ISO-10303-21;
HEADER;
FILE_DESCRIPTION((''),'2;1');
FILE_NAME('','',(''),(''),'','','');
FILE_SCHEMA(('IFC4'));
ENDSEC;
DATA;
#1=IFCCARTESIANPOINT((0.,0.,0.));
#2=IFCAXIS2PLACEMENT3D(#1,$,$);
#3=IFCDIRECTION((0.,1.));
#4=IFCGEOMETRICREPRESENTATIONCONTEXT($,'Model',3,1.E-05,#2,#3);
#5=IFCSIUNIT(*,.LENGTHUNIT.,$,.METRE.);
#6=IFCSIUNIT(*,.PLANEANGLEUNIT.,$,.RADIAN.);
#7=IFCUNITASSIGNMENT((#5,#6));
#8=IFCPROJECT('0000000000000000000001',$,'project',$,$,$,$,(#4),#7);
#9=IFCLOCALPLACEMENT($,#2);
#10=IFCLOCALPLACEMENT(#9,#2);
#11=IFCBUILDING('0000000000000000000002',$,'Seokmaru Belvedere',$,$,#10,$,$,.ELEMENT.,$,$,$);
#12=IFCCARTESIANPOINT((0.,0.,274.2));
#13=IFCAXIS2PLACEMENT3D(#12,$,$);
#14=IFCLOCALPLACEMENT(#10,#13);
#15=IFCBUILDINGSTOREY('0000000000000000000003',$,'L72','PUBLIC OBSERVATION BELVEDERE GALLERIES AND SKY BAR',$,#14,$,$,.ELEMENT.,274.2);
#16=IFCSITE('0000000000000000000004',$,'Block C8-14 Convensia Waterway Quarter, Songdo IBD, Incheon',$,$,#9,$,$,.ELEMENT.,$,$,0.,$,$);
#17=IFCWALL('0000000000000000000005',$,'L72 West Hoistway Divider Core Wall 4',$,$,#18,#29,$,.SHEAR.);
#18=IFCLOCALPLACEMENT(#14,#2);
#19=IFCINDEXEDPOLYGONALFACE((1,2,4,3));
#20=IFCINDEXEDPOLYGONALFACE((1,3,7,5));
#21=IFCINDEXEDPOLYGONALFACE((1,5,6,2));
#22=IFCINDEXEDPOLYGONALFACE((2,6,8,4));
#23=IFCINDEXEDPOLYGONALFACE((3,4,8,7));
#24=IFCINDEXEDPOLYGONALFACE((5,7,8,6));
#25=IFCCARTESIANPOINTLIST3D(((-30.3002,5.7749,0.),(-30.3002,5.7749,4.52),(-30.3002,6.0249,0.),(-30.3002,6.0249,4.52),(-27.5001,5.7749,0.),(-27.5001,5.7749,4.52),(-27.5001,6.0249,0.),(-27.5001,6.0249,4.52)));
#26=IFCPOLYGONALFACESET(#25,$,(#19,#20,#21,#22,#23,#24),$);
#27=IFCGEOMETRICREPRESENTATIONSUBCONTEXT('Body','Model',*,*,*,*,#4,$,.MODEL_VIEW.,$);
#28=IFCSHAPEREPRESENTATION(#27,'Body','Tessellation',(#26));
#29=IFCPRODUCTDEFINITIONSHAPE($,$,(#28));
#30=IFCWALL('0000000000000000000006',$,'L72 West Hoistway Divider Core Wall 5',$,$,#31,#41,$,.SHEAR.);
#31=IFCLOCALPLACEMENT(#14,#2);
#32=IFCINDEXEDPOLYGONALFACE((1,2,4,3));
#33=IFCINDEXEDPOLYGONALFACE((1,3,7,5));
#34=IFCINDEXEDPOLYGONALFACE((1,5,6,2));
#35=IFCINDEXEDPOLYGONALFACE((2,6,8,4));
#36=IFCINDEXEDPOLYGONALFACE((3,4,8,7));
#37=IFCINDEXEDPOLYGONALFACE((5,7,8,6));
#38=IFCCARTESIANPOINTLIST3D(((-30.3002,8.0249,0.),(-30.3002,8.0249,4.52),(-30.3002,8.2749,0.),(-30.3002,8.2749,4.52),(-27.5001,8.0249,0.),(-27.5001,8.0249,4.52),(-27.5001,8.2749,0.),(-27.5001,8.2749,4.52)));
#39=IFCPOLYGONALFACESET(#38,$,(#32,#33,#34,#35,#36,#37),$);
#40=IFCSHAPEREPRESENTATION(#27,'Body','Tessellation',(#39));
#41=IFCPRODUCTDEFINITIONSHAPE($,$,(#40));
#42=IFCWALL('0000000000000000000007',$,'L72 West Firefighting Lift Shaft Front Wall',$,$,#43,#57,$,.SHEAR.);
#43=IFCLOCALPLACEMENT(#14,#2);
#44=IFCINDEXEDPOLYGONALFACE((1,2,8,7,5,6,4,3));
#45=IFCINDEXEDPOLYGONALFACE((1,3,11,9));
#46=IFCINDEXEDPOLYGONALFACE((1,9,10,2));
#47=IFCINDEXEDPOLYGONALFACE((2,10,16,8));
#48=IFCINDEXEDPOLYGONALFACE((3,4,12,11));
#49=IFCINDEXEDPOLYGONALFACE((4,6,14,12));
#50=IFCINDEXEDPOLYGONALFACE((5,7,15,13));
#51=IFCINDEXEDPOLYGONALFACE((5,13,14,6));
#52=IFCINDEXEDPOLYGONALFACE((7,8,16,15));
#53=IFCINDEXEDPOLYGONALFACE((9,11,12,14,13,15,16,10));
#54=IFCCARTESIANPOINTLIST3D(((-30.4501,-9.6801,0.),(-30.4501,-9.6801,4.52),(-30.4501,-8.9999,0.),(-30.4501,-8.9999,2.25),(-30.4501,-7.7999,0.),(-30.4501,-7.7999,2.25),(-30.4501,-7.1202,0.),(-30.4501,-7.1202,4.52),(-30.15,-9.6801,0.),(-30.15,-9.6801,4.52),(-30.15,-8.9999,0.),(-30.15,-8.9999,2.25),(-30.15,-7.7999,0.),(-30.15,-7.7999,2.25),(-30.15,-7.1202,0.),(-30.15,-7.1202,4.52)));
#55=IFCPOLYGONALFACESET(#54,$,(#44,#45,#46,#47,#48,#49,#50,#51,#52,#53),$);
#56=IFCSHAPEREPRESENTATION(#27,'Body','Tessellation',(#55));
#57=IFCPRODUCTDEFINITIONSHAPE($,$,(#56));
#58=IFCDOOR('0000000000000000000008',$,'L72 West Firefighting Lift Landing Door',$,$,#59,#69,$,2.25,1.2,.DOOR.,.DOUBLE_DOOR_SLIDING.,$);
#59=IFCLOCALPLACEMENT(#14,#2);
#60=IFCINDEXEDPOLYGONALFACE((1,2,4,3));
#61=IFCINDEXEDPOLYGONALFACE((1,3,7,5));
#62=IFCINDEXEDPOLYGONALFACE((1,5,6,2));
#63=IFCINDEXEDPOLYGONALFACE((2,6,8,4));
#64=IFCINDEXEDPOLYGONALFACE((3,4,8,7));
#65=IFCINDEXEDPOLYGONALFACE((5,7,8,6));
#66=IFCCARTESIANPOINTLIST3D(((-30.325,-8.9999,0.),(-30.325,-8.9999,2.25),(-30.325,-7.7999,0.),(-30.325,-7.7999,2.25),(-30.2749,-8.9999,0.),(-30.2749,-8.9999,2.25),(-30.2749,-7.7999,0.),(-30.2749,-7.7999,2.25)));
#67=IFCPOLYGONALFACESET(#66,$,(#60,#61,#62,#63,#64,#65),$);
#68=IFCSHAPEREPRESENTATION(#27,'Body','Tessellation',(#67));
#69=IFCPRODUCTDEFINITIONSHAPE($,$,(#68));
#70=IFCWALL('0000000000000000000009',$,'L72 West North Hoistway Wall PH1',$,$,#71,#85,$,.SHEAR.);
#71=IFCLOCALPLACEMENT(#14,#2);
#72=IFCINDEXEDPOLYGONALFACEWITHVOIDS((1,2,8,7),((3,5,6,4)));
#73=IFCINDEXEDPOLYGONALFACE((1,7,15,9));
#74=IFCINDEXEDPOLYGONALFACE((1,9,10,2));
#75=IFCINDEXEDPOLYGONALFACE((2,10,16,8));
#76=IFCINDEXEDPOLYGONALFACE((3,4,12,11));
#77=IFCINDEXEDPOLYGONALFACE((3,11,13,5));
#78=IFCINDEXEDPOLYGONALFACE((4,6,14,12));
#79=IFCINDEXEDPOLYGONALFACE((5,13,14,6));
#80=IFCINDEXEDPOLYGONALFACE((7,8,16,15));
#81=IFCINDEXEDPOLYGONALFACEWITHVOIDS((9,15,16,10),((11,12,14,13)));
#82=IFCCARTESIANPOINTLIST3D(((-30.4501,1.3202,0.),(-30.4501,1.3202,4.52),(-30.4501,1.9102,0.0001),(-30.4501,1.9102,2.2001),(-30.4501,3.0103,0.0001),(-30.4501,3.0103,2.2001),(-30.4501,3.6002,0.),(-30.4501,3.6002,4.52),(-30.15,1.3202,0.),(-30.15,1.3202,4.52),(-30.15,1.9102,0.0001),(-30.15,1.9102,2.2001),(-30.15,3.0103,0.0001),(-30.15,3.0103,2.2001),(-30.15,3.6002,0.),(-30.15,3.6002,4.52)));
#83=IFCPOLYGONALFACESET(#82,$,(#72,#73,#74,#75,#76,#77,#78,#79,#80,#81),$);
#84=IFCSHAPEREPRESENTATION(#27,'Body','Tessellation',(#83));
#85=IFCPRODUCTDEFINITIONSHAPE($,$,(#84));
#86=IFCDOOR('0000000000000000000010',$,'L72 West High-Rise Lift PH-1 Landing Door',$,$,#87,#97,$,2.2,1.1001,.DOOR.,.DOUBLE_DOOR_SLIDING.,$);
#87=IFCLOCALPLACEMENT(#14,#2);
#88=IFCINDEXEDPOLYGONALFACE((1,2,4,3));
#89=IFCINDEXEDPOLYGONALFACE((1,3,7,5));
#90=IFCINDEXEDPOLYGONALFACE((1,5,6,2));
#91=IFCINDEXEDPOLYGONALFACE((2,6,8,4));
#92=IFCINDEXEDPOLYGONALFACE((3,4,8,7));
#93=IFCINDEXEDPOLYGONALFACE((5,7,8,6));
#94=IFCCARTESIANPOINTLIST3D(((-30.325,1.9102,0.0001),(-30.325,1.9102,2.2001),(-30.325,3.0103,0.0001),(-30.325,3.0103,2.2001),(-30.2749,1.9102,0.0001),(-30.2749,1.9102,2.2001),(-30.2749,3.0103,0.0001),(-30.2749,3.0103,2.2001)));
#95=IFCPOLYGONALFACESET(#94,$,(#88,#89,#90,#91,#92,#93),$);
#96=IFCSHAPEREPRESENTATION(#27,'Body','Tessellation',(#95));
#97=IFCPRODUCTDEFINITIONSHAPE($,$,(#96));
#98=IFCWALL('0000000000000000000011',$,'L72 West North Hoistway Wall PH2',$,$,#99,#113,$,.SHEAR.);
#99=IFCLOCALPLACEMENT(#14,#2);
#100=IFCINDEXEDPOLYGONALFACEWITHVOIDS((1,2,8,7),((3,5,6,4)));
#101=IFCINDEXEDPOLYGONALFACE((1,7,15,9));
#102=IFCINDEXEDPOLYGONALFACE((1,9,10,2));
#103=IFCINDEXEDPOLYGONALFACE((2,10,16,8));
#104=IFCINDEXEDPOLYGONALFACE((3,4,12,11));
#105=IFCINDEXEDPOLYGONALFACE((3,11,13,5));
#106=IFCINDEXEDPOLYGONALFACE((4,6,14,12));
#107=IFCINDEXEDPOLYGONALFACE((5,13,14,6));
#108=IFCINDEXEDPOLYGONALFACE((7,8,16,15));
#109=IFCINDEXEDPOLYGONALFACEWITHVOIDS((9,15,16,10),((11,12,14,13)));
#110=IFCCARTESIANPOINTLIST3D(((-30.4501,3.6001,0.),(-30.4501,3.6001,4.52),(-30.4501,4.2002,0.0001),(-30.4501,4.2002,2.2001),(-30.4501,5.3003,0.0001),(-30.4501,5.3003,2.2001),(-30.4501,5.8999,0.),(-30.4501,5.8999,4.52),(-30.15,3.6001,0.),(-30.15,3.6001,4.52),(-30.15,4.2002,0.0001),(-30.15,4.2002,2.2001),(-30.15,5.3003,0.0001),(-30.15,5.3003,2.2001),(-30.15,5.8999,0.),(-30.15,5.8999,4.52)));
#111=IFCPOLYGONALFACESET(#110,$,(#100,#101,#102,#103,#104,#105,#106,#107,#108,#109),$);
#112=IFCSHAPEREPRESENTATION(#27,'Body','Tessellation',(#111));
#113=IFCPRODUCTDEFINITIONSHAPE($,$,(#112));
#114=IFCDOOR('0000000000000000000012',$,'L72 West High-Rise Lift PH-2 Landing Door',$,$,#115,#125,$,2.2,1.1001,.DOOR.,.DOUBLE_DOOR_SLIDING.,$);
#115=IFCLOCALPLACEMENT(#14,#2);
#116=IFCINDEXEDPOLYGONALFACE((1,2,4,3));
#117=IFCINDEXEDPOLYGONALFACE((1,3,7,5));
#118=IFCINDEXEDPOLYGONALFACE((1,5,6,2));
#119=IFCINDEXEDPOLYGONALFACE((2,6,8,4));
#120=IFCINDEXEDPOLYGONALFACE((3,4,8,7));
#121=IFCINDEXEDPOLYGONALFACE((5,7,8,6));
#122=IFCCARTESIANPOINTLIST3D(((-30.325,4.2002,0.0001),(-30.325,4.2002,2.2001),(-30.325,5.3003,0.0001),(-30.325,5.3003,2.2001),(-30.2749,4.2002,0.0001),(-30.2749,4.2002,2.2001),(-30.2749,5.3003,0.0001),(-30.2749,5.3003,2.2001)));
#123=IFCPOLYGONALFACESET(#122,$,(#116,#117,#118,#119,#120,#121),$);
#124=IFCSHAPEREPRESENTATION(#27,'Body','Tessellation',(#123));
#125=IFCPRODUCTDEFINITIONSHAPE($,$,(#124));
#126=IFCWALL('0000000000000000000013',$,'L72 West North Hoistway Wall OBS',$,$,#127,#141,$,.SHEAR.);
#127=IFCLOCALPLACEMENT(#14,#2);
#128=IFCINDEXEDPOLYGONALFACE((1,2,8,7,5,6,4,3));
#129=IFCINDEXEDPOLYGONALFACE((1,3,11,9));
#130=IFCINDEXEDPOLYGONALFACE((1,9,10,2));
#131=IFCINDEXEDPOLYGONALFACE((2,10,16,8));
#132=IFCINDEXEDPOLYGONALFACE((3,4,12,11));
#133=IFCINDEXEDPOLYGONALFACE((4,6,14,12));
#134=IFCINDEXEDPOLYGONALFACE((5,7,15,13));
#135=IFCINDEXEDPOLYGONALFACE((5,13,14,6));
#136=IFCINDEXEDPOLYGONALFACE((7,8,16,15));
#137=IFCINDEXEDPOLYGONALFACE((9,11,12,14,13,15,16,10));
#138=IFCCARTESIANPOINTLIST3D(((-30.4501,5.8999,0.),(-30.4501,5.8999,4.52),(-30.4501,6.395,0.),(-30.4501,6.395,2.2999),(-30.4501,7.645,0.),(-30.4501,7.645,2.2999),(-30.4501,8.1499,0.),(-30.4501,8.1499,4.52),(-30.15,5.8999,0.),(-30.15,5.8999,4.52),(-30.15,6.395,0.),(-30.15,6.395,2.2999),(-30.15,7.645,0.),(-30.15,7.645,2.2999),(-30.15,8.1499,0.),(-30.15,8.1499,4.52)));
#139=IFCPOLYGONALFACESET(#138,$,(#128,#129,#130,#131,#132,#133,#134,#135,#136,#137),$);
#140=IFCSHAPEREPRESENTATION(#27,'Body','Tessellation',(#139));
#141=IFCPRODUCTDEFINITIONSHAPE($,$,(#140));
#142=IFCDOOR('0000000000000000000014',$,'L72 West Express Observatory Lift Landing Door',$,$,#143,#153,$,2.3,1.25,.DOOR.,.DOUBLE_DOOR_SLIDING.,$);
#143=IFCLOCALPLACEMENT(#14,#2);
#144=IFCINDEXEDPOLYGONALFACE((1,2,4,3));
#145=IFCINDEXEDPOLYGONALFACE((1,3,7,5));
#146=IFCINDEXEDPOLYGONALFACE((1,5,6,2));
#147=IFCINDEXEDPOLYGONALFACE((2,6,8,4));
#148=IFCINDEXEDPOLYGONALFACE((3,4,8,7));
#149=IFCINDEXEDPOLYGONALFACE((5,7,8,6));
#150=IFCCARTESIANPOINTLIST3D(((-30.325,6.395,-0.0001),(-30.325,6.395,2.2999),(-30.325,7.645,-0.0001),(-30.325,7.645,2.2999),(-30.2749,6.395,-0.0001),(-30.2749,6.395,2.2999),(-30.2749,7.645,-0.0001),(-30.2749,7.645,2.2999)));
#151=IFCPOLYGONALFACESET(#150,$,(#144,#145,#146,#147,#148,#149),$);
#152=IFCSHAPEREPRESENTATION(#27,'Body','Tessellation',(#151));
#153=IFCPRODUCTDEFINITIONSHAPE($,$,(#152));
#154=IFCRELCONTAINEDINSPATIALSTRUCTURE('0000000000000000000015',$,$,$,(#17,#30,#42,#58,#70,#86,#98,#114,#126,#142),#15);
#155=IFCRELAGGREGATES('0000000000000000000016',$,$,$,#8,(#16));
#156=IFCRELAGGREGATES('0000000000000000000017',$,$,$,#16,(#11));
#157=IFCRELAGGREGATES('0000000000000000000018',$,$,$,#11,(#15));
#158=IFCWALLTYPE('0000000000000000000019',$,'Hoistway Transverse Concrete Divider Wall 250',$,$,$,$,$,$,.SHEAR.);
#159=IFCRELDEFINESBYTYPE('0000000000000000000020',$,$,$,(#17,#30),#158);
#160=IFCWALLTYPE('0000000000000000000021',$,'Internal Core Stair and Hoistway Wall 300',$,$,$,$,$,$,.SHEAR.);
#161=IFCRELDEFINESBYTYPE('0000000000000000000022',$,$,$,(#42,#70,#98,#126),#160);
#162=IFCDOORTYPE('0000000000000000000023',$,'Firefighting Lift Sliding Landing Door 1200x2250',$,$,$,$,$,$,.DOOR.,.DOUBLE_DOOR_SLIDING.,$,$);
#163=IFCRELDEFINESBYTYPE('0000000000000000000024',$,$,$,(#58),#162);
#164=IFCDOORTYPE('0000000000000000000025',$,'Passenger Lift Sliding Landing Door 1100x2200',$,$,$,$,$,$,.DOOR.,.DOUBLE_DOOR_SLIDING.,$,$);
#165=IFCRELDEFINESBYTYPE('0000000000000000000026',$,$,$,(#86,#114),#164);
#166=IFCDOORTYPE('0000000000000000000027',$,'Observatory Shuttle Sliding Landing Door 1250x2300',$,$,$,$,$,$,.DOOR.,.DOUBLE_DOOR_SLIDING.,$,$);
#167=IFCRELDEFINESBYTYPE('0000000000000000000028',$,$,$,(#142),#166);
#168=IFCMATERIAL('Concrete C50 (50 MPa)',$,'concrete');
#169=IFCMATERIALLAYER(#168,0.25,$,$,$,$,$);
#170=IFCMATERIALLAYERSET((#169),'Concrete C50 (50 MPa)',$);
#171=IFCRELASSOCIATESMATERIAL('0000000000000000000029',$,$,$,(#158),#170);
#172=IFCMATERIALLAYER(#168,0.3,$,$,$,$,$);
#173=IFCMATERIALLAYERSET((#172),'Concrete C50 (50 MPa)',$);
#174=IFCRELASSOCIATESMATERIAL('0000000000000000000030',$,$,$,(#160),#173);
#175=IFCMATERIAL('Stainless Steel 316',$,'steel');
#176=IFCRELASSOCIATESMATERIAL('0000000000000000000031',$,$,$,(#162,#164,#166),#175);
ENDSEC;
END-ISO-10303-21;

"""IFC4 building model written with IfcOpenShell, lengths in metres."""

from ifc_helpers import new_model, si_unit, direction, frame, frame_2d, origin, place, context, subcontext, project, spatial, rectangle, extrude, source, transform, mapped, material, layer, layer_set, type_object, type_shapes, element, fill, save


model = new_model("IFC4")

# Units and contexts
model_context = context("Model", 3, precision=1e-05, world=origin(), true_north=direction((0.0, 1.0)))
body_context = subcontext(model_context, "Body", "Model", "MODEL_VIEW")
ifc_project = project(units=[si_unit("LENGTHUNIT", "METRE"), si_unit("PLANEANGLEUNIT", "RADIAN")], contexts=[model_context])

# Site, building, storey
site_placement = place(None, origin())
site = spatial("IfcSite", under=ifc_project, at=site_placement, Name="Block C8-14 Convensia Waterway Quarter, Songdo IBD, Incheon", CompositionType="ELEMENT", RefElevation=0.0)
building_placement = place(site_placement, origin())
building = spatial("IfcBuilding", under=site, at=building_placement, Name="Seokmaru Belvedere", CompositionType="ELEMENT")
storey_placement = place(building_placement, frame((0.0, 0.0, 274.2)))
storey = spatial("IfcBuildingStorey", under=building, at=storey_placement, Name="L72", Description="PUBLIC OBSERVATION BELVEDERE GALLERIES AND SKY BAR", CompositionType="ELEMENT", Elevation=274.2)

# Walls
ifc_material_1 = material(Name="Concrete C50 (50 MPa)", Category="concrete")
ifc_layer_1 = layer(ifc_material_1, 0.25)
ifc_layer_set_1 = layer_set([ifc_layer_1], Name="Concrete C50 (50 MPa)")
wall_type_1 = type_object("IfcWallType", Name="Hoistway Transverse Concrete Divider Wall 250", PredefinedType="SHEAR", material=ifc_layer_set_1)
for number, where, z_axis, x_axis, name in (
    (1, (-30.3, 5.8999, 0.0), (0.0, 0.0, 1.0), (1.0, 0.0, 0.0), "L72 West Hoistway Divider Core Wall 4"),
    (2, (-30.3, 8.1499, 0.0), (0.0, 0.0, 1.0), (1.0, 0.0, 0.0), "L72 West Hoistway Divider Core Wall 5"),
):
    element("IfcWall", number, at=place(storey_placement, frame(where, z_axis=z_axis, x_axis=x_axis)), inside=storey, type_object=wall_type_1, Name=name, PredefinedType="SHEAR", context=body_context, shape_type="SweptSolid", body=[
        extrude(rectangle(XDim=2.8, YDim=0.25, at=frame_2d((1.3999, 0.0))), origin(), (0.0, 0.0, 1.0), 4.52),
    ])

# Walls, openings, doors
ifc_layer_2 = layer(ifc_material_1, 0.3)
ifc_layer_set_2 = layer_set([ifc_layer_2], Name="Concrete C50 (50 MPa)")
wall_type_2 = type_object("IfcWallType", Name="Internal Core Stair and Hoistway Wall 300", PredefinedType="SHEAR", material=ifc_layer_set_2)
wall_1_placement = place(storey_placement, frame((-30.3, -9.6799, 0.0), z_axis=(0.0, 0.0, 1.0), x_axis=(0.0, 1.0, 0.0)))
wall_1 = element("IfcWall", 3, at=wall_1_placement, inside=storey, type_object=wall_type_2, Name="L72 West Firefighting Lift Shaft Front Wall", PredefinedType="SHEAR", context=body_context, shape_type="SweptSolid", body=[
    extrude(rectangle(XDim=2.5598, YDim=0.3, at=frame_2d((1.2798, 0.0))), origin(), (0.0, 0.0, 1.0), 4.52),
])
opening_1_placement = place(wall_1_placement, frame((0.6799, 0.0, 0.0)))
opening_1 = element("IfcOpeningElement", 4, at=opening_1_placement, cuts=wall_1, PredefinedType="OPENING", context=body_context, shape_type="SweptSolid", body=[
    extrude(rectangle(XDim=1.2, YDim=2.25, at=frame_2d((0.6001, 1.125))), frame((0.0, 0.1602, 0.0), z_axis=(0.0, -1.0, 0.0), x_axis=(1.0, 0.0, 0.0)), (0.0, 0.0, 1.0), 0.3201),
])
ifc_material_2 = material(Name="Stainless Steel 316", Category="steel")
door_type_1 = type_object("IfcDoorType", Name="Firefighting Lift Sliding Landing Door 1200x2250", OperationType="DOUBLE_DOOR_SLIDING", PredefinedType="DOOR", material=ifc_material_2)
shared_shape_1 = source(origin(), body_context, "Body", "SweptSolid", [
    extrude(rectangle(XDim=1.2, YDim=2.25, at=frame_2d((0.6001, 1.125))), frame((0.0, 0.0249, 0.0), z_axis=(0.0, -1.0, 0.0), x_axis=(1.0, 0.0, 0.0)), (0.0, 0.0, 1.0), 0.05),
])
type_shapes(door_type_1, [shared_shape_1])
door_1_placement = place(opening_1_placement, origin())
door_1 = element("IfcDoor", 5, at=door_1_placement, inside=storey, type_object=door_type_1, Name="L72 West Firefighting Lift Landing Door", OperationType="DOUBLE_DOOR_SLIDING", OverallHeight=2.25, OverallWidth=1.2, PredefinedType="DOOR", context=body_context, shape_type="MappedRepresentation", body=[
    mapped(shared_shape_1, transform((0.0, 0.0, 0.0), scale=1.0)),
])
fill(opening_1, door_1)
wall_2_placement = place(storey_placement, frame((-30.3, 1.3201, 0.0), z_axis=(0.0, 0.0, 1.0), x_axis=(0.0, 1.0, 0.0)))
wall_2 = element("IfcWall", 6, at=wall_2_placement, inside=storey, type_object=wall_type_2, Name="L72 West North Hoistway Wall PH1", PredefinedType="SHEAR", context=body_context, shape_type="SweptSolid", body=[
    extrude(rectangle(XDim=2.28, YDim=0.3, at=frame_2d((1.1401, 0.0))), origin(), (0.0, 0.0, 1.0), 4.52),
])
opening_2_placement = place(wall_2_placement, frame((0.5901, 0.0, 0.0)))
opening_2 = element("IfcOpeningElement", 7, at=opening_2_placement, cuts=wall_2, PredefinedType="OPENING", context=body_context, shape_type="SweptSolid", body=[
    extrude(rectangle(XDim=1.1001, YDim=2.2, at=frame_2d((0.55, 1.1001))), frame((0.0, 0.1602, 0.0), z_axis=(0.0, -1.0, 0.0), x_axis=(1.0, 0.0, 0.0)), (0.0, 0.0, 1.0), 0.3201),
])
door_type_2 = type_object("IfcDoorType", Name="Passenger Lift Sliding Landing Door 1100x2200", OperationType="DOUBLE_DOOR_SLIDING", PredefinedType="DOOR", material=ifc_material_2)
shared_shape_2 = source(origin(), body_context, "Body", "SweptSolid", [
    extrude(rectangle(XDim=1.1001, YDim=2.2, at=frame_2d((0.55, 1.1001))), frame((0.0, 0.0249, 0.0), z_axis=(0.0, -1.0, 0.0), x_axis=(1.0, 0.0, 0.0)), (0.0, 0.0, 1.0), 0.05),
])
type_shapes(door_type_2, [shared_shape_2])
door_2_placement = place(opening_2_placement, origin())
door_2 = element("IfcDoor", 8, at=door_2_placement, inside=storey, type_object=door_type_2, Name="L72 West High-Rise Lift PH-1 Landing Door", OperationType="DOUBLE_DOOR_SLIDING", OverallHeight=2.2, OverallWidth=1.1001, PredefinedType="DOOR", context=body_context, shape_type="MappedRepresentation", body=[
    mapped(shared_shape_2, transform((0.0, 0.0, 0.0), scale=1.0)),
])
fill(opening_2, door_2)
wall_3_placement = place(storey_placement, frame((-30.3, 3.6001, 0.0), z_axis=(0.0, 0.0, 1.0), x_axis=(0.0, 1.0, 0.0)))
wall_3 = element("IfcWall", 9, at=wall_3_placement, inside=storey, type_object=wall_type_2, Name="L72 West North Hoistway Wall PH2", PredefinedType="SHEAR", context=body_context, shape_type="SweptSolid", body=[
    extrude(rectangle(XDim=2.2998, YDim=0.3, at=frame_2d((1.1499, 0.0))), origin(), (0.0, 0.0, 1.0), 4.52),
])
opening_3_placement = place(wall_3_placement, frame((0.6001, 0.0, 0.0)))
opening_3 = element("IfcOpeningElement", 10, at=opening_3_placement, cuts=wall_3, PredefinedType="OPENING", context=body_context, shape_type="SweptSolid", body=[
    extrude(rectangle(XDim=1.1001, YDim=2.2, at=frame_2d((0.55, 1.1001))), frame((0.0, 0.1602, 0.0), z_axis=(0.0, -1.0, 0.0), x_axis=(1.0, 0.0, 0.0)), (0.0, 0.0, 1.0), 0.3201),
])
door_3_placement = place(opening_3_placement, origin())
door_3 = element("IfcDoor", 11, at=door_3_placement, inside=storey, type_object=door_type_2, Name="L72 West High-Rise Lift PH-2 Landing Door", OperationType="DOUBLE_DOOR_SLIDING", OverallHeight=2.2, OverallWidth=1.1001, PredefinedType="DOOR", context=body_context, shape_type="MappedRepresentation", body=[
    mapped(shared_shape_2, transform((0.0, 0.0, 0.0), scale=1.0)),
])
fill(opening_3, door_3)
wall_4_placement = place(storey_placement, frame((-30.3, 5.8999, 0.0), z_axis=(0.0, 0.0, 1.0), x_axis=(0.0, 1.0, 0.0)))
wall_4 = element("IfcWall", 12, at=wall_4_placement, inside=storey, type_object=wall_type_2, Name="L72 West North Hoistway Wall OBS", PredefinedType="SHEAR", context=body_context, shape_type="SweptSolid", body=[
    extrude(rectangle(XDim=2.25, YDim=0.3, at=frame_2d((1.125, 0.0))), origin(), (0.0, 0.0, 1.0), 4.52),
])
opening_4_placement = place(wall_4_placement, frame((0.4951, 0.0, 0.0)))
opening_4 = element("IfcOpeningElement", 13, at=opening_4_placement, cuts=wall_4, PredefinedType="OPENING", context=body_context, shape_type="SweptSolid", body=[
    extrude(rectangle(XDim=1.25, YDim=2.3, at=frame_2d((0.625, 1.1499))), frame((0.0, 0.1602, 0.0), z_axis=(0.0, -1.0, 0.0), x_axis=(1.0, 0.0, 0.0)), (0.0, 0.0, 1.0), 0.3201),
])
door_type_3 = type_object("IfcDoorType", Name="Observatory Shuttle Sliding Landing Door 1250x2300", OperationType="DOUBLE_DOOR_SLIDING", PredefinedType="DOOR", material=ifc_material_2)
shared_shape_3 = source(origin(), body_context, "Body", "SweptSolid", [
    extrude(rectangle(XDim=1.25, YDim=2.3, at=frame_2d((0.625, 1.1499))), frame((0.0, 0.0249, 0.0), z_axis=(0.0, -1.0, 0.0), x_axis=(1.0, 0.0, 0.0)), (0.0, 0.0, 1.0), 0.05),
])
type_shapes(door_type_3, [shared_shape_3])
door_4_placement = place(opening_4_placement, origin())
door_4 = element("IfcDoor", 14, at=door_4_placement, inside=storey, type_object=door_type_3, Name="L72 West Express Observatory Lift Landing Door", OperationType="DOUBLE_DOOR_SLIDING", OverallHeight=2.3, OverallWidth=1.25, PredefinedType="DOOR", context=body_context, shape_type="MappedRepresentation", body=[
    mapped(shared_shape_3, transform((0.0, 0.0, 0.0), scale=1.0)),
])
fill(opening_4, door_4)

save(model, "model.ifc")
